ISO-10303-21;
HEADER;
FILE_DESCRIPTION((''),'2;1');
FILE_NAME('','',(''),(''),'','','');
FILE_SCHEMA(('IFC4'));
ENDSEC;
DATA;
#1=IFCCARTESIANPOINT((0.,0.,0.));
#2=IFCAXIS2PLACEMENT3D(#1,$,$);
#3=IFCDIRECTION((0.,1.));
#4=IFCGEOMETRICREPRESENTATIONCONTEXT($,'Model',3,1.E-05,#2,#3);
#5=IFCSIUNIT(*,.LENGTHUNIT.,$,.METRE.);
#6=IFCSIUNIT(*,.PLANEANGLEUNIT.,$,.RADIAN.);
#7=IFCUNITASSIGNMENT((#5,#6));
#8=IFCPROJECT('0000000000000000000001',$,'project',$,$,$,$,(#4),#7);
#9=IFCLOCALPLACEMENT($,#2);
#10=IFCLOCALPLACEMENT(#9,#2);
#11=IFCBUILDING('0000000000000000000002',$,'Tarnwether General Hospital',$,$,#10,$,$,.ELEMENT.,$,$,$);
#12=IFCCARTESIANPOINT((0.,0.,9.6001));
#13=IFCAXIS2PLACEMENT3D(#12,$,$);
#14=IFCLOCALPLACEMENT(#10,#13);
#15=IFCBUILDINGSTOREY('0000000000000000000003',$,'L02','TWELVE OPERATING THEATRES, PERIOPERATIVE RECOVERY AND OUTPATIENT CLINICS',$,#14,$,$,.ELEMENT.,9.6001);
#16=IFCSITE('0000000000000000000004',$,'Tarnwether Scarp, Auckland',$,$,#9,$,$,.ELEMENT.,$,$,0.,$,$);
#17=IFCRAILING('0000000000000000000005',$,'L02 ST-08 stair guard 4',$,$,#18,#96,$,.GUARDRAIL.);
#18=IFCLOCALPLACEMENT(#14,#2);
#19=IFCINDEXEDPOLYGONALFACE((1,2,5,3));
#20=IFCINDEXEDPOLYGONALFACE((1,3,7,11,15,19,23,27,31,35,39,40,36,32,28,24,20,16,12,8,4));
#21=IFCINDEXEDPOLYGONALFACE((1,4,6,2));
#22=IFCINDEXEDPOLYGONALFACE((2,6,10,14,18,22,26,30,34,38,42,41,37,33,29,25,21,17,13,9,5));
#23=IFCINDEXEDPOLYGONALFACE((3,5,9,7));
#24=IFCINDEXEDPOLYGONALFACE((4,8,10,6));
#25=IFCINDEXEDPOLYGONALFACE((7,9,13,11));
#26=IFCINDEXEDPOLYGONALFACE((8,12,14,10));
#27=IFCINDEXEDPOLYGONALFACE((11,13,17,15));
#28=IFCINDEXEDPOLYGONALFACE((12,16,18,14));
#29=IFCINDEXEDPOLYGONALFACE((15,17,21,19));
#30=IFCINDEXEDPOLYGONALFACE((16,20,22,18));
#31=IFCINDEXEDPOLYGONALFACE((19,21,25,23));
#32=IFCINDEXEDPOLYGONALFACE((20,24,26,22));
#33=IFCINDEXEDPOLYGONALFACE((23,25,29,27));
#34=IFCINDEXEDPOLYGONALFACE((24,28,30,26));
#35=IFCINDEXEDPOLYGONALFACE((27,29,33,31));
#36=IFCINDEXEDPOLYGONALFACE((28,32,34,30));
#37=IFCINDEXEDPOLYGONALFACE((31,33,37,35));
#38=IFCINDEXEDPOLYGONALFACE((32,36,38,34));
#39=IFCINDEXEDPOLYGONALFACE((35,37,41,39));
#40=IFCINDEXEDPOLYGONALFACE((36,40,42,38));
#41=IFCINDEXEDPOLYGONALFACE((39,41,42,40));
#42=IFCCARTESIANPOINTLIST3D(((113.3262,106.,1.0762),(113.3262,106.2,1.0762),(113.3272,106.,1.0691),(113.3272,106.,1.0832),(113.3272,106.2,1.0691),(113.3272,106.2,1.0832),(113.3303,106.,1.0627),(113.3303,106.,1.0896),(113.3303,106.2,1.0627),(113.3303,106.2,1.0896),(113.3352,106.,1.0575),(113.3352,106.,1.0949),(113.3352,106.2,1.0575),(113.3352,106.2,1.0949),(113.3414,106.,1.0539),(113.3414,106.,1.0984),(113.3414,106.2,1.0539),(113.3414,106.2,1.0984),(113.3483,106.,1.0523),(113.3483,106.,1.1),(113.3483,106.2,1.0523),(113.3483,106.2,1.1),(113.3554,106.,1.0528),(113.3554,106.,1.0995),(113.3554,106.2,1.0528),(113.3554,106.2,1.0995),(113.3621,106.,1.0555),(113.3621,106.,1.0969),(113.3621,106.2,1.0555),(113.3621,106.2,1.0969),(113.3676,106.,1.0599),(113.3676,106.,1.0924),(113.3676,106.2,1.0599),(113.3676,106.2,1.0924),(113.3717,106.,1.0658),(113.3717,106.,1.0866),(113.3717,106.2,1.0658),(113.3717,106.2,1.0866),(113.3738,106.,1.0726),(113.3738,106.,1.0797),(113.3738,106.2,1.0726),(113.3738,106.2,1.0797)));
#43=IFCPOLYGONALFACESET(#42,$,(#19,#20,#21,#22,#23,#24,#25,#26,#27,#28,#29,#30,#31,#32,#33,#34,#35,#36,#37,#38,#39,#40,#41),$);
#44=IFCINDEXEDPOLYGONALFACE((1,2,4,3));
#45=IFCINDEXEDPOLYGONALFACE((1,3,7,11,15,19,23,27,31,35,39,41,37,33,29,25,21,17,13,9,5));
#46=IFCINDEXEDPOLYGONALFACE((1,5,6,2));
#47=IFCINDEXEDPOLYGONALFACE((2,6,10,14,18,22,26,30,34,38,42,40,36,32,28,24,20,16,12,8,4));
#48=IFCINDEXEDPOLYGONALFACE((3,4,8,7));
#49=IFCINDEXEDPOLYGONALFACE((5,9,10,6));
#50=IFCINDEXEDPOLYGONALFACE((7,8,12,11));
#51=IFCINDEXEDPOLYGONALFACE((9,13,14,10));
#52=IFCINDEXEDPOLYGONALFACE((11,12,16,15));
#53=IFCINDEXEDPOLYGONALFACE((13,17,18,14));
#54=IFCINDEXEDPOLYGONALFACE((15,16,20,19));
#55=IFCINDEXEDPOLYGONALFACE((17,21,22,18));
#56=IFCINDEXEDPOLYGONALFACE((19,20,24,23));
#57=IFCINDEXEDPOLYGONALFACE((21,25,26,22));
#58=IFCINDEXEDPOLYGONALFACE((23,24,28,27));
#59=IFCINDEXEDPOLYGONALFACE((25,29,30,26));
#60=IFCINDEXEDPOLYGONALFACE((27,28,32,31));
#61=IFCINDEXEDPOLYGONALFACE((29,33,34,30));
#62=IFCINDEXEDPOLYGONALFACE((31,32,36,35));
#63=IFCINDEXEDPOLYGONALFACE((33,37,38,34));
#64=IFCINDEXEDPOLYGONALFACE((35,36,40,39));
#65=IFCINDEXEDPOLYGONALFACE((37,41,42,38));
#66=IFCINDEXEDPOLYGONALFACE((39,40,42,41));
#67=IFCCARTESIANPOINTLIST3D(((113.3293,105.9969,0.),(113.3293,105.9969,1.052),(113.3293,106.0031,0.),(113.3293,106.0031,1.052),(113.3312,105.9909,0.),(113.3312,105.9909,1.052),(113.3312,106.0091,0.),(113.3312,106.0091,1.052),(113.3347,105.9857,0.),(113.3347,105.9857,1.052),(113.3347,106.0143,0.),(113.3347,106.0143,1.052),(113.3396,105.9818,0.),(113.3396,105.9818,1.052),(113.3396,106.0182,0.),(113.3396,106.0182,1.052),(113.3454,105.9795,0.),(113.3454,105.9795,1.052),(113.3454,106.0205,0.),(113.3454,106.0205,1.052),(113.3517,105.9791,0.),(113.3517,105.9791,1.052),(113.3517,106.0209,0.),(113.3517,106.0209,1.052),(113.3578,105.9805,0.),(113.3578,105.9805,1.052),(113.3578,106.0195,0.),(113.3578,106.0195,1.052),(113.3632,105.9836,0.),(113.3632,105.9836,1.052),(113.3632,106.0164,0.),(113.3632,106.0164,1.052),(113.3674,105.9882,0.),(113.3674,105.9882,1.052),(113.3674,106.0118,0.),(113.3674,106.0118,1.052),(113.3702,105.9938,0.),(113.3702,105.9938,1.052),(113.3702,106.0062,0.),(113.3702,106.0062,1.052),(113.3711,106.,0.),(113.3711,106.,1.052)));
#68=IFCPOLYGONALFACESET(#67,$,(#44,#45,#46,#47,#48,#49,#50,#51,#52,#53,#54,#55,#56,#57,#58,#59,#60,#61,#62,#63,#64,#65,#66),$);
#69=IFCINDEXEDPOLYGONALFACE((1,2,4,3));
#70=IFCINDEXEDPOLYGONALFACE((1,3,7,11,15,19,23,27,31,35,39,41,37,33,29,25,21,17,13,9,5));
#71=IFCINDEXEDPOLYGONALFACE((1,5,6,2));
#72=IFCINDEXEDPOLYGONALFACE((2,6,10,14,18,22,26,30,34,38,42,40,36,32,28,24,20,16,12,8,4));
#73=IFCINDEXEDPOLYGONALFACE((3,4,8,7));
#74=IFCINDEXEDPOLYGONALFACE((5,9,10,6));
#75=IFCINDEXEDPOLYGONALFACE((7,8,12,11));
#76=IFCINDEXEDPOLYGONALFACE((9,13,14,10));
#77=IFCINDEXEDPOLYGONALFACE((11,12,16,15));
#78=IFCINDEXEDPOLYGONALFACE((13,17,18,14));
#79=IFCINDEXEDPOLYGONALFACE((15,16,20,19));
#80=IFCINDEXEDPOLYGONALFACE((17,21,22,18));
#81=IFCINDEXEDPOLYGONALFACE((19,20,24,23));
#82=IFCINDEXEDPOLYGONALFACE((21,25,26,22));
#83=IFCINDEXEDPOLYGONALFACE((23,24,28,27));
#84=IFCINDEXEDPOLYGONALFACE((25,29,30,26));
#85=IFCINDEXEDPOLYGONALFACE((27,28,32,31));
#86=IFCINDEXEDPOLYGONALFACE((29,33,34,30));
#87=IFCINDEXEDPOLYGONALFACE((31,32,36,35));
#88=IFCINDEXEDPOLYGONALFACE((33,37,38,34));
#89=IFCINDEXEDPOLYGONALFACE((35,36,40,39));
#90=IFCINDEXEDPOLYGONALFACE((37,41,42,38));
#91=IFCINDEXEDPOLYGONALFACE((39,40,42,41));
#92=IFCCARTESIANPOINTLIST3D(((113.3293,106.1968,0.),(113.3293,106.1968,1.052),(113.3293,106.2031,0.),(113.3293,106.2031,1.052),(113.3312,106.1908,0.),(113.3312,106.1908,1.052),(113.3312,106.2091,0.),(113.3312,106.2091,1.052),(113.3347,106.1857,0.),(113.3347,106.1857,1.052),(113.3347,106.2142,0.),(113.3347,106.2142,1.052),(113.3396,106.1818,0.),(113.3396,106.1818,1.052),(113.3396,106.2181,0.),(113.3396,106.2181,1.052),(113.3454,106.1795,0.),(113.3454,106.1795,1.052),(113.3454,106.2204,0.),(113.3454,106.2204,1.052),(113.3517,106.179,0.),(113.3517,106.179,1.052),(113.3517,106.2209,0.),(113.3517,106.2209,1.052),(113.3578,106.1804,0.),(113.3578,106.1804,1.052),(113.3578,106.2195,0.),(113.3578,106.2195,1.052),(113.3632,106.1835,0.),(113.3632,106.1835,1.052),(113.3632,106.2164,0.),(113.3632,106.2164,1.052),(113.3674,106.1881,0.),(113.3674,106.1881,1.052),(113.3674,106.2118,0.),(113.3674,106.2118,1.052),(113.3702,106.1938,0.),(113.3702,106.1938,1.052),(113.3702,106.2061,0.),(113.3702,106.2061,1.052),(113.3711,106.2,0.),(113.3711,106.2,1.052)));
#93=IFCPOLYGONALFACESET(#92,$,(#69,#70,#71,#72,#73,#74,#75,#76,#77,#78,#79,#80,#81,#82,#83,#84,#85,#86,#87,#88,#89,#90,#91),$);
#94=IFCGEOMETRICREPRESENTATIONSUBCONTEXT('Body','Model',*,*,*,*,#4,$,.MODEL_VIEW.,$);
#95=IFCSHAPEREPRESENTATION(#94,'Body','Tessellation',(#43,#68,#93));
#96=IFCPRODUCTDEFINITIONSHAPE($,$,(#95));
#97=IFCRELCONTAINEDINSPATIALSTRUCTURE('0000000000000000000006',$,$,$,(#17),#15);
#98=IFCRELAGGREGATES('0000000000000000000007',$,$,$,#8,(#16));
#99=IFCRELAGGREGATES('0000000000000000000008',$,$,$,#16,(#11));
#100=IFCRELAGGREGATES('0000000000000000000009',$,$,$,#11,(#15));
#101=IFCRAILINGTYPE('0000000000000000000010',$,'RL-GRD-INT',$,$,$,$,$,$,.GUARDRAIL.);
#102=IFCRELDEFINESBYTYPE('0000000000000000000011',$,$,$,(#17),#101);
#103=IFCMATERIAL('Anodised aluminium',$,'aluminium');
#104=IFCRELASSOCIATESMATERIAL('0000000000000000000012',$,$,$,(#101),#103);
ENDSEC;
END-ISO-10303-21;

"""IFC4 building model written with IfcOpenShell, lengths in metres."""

from ifc_helpers import new_model, si_unit, direction, frame, origin, origin_2d, place, context, subcontext, project, spatial, circle, extrude, material, type_object, element, save


model = new_model("IFC4")

# Units and contexts
model_context = context("Model", 3, precision=1e-05, world=origin(), true_north=direction((0.0, 1.0)))
body_context = subcontext(model_context, "Body", "Model", "MODEL_VIEW")
ifc_project = project(units=[si_unit("LENGTHUNIT", "METRE"), si_unit("PLANEANGLEUNIT", "RADIAN")], contexts=[model_context])

# Site, building, storey
site_placement = place(None, origin())
site = spatial("IfcSite", under=ifc_project, at=site_placement, Name="Tarnwether Scarp, Auckland", CompositionType="ELEMENT", RefElevation=0.0)
building_placement = place(site_placement, origin())
building = spatial("IfcBuilding", under=site, at=building_placement, Name="Tarnwether General Hospital", CompositionType="ELEMENT")
storey_placement = place(building_placement, frame((0.0, 0.0, 9.6001)))
storey = spatial("IfcBuildingStorey", under=building, at=storey_placement, Name="L02", Description="TWELVE OPERATING THEATRES, PERIOPERATIVE RECOVERY AND OUTPATIENT CLINICS", CompositionType="ELEMENT", Elevation=9.6001)

# Railing
ifc_material_1 = material(Name="Anodised aluminium", Category="aluminium")
railing_type_1 = type_object("IfcRailingType", Name="RL-GRD-INT", PredefinedType="GUARDRAIL", material=ifc_material_1)
railing_1_placement = place(storey_placement, frame((113.3501, 106.0, 0.0)))
element("IfcRailing", 1, at=railing_1_placement, inside=storey, type_object=railing_type_1, Name="L02 ST-08 stair guard 4", PredefinedType="GUARDRAIL", context=body_context, shape_type="SweptSolid", body=[
    extrude(circle(Radius=0.0239, at=origin_2d()), frame((0.0, 0.0, 1.0762), z_axis=(0.0, 1.0, 0.0), x_axis=(-1.0, 0.0, 0.0)), (0.0, 0.0, 1.0), 0.2),
    extrude(circle(Radius=0.021, at=origin_2d()), origin(), (0.0, 0.0, 1.0), 1.052),
    extrude(circle(Radius=0.021, at=origin_2d()), frame((0.0, 0.2, 0.0)), (0.0, 0.0, 1.0), 1.052),
])

save(model, "model.ifc")
